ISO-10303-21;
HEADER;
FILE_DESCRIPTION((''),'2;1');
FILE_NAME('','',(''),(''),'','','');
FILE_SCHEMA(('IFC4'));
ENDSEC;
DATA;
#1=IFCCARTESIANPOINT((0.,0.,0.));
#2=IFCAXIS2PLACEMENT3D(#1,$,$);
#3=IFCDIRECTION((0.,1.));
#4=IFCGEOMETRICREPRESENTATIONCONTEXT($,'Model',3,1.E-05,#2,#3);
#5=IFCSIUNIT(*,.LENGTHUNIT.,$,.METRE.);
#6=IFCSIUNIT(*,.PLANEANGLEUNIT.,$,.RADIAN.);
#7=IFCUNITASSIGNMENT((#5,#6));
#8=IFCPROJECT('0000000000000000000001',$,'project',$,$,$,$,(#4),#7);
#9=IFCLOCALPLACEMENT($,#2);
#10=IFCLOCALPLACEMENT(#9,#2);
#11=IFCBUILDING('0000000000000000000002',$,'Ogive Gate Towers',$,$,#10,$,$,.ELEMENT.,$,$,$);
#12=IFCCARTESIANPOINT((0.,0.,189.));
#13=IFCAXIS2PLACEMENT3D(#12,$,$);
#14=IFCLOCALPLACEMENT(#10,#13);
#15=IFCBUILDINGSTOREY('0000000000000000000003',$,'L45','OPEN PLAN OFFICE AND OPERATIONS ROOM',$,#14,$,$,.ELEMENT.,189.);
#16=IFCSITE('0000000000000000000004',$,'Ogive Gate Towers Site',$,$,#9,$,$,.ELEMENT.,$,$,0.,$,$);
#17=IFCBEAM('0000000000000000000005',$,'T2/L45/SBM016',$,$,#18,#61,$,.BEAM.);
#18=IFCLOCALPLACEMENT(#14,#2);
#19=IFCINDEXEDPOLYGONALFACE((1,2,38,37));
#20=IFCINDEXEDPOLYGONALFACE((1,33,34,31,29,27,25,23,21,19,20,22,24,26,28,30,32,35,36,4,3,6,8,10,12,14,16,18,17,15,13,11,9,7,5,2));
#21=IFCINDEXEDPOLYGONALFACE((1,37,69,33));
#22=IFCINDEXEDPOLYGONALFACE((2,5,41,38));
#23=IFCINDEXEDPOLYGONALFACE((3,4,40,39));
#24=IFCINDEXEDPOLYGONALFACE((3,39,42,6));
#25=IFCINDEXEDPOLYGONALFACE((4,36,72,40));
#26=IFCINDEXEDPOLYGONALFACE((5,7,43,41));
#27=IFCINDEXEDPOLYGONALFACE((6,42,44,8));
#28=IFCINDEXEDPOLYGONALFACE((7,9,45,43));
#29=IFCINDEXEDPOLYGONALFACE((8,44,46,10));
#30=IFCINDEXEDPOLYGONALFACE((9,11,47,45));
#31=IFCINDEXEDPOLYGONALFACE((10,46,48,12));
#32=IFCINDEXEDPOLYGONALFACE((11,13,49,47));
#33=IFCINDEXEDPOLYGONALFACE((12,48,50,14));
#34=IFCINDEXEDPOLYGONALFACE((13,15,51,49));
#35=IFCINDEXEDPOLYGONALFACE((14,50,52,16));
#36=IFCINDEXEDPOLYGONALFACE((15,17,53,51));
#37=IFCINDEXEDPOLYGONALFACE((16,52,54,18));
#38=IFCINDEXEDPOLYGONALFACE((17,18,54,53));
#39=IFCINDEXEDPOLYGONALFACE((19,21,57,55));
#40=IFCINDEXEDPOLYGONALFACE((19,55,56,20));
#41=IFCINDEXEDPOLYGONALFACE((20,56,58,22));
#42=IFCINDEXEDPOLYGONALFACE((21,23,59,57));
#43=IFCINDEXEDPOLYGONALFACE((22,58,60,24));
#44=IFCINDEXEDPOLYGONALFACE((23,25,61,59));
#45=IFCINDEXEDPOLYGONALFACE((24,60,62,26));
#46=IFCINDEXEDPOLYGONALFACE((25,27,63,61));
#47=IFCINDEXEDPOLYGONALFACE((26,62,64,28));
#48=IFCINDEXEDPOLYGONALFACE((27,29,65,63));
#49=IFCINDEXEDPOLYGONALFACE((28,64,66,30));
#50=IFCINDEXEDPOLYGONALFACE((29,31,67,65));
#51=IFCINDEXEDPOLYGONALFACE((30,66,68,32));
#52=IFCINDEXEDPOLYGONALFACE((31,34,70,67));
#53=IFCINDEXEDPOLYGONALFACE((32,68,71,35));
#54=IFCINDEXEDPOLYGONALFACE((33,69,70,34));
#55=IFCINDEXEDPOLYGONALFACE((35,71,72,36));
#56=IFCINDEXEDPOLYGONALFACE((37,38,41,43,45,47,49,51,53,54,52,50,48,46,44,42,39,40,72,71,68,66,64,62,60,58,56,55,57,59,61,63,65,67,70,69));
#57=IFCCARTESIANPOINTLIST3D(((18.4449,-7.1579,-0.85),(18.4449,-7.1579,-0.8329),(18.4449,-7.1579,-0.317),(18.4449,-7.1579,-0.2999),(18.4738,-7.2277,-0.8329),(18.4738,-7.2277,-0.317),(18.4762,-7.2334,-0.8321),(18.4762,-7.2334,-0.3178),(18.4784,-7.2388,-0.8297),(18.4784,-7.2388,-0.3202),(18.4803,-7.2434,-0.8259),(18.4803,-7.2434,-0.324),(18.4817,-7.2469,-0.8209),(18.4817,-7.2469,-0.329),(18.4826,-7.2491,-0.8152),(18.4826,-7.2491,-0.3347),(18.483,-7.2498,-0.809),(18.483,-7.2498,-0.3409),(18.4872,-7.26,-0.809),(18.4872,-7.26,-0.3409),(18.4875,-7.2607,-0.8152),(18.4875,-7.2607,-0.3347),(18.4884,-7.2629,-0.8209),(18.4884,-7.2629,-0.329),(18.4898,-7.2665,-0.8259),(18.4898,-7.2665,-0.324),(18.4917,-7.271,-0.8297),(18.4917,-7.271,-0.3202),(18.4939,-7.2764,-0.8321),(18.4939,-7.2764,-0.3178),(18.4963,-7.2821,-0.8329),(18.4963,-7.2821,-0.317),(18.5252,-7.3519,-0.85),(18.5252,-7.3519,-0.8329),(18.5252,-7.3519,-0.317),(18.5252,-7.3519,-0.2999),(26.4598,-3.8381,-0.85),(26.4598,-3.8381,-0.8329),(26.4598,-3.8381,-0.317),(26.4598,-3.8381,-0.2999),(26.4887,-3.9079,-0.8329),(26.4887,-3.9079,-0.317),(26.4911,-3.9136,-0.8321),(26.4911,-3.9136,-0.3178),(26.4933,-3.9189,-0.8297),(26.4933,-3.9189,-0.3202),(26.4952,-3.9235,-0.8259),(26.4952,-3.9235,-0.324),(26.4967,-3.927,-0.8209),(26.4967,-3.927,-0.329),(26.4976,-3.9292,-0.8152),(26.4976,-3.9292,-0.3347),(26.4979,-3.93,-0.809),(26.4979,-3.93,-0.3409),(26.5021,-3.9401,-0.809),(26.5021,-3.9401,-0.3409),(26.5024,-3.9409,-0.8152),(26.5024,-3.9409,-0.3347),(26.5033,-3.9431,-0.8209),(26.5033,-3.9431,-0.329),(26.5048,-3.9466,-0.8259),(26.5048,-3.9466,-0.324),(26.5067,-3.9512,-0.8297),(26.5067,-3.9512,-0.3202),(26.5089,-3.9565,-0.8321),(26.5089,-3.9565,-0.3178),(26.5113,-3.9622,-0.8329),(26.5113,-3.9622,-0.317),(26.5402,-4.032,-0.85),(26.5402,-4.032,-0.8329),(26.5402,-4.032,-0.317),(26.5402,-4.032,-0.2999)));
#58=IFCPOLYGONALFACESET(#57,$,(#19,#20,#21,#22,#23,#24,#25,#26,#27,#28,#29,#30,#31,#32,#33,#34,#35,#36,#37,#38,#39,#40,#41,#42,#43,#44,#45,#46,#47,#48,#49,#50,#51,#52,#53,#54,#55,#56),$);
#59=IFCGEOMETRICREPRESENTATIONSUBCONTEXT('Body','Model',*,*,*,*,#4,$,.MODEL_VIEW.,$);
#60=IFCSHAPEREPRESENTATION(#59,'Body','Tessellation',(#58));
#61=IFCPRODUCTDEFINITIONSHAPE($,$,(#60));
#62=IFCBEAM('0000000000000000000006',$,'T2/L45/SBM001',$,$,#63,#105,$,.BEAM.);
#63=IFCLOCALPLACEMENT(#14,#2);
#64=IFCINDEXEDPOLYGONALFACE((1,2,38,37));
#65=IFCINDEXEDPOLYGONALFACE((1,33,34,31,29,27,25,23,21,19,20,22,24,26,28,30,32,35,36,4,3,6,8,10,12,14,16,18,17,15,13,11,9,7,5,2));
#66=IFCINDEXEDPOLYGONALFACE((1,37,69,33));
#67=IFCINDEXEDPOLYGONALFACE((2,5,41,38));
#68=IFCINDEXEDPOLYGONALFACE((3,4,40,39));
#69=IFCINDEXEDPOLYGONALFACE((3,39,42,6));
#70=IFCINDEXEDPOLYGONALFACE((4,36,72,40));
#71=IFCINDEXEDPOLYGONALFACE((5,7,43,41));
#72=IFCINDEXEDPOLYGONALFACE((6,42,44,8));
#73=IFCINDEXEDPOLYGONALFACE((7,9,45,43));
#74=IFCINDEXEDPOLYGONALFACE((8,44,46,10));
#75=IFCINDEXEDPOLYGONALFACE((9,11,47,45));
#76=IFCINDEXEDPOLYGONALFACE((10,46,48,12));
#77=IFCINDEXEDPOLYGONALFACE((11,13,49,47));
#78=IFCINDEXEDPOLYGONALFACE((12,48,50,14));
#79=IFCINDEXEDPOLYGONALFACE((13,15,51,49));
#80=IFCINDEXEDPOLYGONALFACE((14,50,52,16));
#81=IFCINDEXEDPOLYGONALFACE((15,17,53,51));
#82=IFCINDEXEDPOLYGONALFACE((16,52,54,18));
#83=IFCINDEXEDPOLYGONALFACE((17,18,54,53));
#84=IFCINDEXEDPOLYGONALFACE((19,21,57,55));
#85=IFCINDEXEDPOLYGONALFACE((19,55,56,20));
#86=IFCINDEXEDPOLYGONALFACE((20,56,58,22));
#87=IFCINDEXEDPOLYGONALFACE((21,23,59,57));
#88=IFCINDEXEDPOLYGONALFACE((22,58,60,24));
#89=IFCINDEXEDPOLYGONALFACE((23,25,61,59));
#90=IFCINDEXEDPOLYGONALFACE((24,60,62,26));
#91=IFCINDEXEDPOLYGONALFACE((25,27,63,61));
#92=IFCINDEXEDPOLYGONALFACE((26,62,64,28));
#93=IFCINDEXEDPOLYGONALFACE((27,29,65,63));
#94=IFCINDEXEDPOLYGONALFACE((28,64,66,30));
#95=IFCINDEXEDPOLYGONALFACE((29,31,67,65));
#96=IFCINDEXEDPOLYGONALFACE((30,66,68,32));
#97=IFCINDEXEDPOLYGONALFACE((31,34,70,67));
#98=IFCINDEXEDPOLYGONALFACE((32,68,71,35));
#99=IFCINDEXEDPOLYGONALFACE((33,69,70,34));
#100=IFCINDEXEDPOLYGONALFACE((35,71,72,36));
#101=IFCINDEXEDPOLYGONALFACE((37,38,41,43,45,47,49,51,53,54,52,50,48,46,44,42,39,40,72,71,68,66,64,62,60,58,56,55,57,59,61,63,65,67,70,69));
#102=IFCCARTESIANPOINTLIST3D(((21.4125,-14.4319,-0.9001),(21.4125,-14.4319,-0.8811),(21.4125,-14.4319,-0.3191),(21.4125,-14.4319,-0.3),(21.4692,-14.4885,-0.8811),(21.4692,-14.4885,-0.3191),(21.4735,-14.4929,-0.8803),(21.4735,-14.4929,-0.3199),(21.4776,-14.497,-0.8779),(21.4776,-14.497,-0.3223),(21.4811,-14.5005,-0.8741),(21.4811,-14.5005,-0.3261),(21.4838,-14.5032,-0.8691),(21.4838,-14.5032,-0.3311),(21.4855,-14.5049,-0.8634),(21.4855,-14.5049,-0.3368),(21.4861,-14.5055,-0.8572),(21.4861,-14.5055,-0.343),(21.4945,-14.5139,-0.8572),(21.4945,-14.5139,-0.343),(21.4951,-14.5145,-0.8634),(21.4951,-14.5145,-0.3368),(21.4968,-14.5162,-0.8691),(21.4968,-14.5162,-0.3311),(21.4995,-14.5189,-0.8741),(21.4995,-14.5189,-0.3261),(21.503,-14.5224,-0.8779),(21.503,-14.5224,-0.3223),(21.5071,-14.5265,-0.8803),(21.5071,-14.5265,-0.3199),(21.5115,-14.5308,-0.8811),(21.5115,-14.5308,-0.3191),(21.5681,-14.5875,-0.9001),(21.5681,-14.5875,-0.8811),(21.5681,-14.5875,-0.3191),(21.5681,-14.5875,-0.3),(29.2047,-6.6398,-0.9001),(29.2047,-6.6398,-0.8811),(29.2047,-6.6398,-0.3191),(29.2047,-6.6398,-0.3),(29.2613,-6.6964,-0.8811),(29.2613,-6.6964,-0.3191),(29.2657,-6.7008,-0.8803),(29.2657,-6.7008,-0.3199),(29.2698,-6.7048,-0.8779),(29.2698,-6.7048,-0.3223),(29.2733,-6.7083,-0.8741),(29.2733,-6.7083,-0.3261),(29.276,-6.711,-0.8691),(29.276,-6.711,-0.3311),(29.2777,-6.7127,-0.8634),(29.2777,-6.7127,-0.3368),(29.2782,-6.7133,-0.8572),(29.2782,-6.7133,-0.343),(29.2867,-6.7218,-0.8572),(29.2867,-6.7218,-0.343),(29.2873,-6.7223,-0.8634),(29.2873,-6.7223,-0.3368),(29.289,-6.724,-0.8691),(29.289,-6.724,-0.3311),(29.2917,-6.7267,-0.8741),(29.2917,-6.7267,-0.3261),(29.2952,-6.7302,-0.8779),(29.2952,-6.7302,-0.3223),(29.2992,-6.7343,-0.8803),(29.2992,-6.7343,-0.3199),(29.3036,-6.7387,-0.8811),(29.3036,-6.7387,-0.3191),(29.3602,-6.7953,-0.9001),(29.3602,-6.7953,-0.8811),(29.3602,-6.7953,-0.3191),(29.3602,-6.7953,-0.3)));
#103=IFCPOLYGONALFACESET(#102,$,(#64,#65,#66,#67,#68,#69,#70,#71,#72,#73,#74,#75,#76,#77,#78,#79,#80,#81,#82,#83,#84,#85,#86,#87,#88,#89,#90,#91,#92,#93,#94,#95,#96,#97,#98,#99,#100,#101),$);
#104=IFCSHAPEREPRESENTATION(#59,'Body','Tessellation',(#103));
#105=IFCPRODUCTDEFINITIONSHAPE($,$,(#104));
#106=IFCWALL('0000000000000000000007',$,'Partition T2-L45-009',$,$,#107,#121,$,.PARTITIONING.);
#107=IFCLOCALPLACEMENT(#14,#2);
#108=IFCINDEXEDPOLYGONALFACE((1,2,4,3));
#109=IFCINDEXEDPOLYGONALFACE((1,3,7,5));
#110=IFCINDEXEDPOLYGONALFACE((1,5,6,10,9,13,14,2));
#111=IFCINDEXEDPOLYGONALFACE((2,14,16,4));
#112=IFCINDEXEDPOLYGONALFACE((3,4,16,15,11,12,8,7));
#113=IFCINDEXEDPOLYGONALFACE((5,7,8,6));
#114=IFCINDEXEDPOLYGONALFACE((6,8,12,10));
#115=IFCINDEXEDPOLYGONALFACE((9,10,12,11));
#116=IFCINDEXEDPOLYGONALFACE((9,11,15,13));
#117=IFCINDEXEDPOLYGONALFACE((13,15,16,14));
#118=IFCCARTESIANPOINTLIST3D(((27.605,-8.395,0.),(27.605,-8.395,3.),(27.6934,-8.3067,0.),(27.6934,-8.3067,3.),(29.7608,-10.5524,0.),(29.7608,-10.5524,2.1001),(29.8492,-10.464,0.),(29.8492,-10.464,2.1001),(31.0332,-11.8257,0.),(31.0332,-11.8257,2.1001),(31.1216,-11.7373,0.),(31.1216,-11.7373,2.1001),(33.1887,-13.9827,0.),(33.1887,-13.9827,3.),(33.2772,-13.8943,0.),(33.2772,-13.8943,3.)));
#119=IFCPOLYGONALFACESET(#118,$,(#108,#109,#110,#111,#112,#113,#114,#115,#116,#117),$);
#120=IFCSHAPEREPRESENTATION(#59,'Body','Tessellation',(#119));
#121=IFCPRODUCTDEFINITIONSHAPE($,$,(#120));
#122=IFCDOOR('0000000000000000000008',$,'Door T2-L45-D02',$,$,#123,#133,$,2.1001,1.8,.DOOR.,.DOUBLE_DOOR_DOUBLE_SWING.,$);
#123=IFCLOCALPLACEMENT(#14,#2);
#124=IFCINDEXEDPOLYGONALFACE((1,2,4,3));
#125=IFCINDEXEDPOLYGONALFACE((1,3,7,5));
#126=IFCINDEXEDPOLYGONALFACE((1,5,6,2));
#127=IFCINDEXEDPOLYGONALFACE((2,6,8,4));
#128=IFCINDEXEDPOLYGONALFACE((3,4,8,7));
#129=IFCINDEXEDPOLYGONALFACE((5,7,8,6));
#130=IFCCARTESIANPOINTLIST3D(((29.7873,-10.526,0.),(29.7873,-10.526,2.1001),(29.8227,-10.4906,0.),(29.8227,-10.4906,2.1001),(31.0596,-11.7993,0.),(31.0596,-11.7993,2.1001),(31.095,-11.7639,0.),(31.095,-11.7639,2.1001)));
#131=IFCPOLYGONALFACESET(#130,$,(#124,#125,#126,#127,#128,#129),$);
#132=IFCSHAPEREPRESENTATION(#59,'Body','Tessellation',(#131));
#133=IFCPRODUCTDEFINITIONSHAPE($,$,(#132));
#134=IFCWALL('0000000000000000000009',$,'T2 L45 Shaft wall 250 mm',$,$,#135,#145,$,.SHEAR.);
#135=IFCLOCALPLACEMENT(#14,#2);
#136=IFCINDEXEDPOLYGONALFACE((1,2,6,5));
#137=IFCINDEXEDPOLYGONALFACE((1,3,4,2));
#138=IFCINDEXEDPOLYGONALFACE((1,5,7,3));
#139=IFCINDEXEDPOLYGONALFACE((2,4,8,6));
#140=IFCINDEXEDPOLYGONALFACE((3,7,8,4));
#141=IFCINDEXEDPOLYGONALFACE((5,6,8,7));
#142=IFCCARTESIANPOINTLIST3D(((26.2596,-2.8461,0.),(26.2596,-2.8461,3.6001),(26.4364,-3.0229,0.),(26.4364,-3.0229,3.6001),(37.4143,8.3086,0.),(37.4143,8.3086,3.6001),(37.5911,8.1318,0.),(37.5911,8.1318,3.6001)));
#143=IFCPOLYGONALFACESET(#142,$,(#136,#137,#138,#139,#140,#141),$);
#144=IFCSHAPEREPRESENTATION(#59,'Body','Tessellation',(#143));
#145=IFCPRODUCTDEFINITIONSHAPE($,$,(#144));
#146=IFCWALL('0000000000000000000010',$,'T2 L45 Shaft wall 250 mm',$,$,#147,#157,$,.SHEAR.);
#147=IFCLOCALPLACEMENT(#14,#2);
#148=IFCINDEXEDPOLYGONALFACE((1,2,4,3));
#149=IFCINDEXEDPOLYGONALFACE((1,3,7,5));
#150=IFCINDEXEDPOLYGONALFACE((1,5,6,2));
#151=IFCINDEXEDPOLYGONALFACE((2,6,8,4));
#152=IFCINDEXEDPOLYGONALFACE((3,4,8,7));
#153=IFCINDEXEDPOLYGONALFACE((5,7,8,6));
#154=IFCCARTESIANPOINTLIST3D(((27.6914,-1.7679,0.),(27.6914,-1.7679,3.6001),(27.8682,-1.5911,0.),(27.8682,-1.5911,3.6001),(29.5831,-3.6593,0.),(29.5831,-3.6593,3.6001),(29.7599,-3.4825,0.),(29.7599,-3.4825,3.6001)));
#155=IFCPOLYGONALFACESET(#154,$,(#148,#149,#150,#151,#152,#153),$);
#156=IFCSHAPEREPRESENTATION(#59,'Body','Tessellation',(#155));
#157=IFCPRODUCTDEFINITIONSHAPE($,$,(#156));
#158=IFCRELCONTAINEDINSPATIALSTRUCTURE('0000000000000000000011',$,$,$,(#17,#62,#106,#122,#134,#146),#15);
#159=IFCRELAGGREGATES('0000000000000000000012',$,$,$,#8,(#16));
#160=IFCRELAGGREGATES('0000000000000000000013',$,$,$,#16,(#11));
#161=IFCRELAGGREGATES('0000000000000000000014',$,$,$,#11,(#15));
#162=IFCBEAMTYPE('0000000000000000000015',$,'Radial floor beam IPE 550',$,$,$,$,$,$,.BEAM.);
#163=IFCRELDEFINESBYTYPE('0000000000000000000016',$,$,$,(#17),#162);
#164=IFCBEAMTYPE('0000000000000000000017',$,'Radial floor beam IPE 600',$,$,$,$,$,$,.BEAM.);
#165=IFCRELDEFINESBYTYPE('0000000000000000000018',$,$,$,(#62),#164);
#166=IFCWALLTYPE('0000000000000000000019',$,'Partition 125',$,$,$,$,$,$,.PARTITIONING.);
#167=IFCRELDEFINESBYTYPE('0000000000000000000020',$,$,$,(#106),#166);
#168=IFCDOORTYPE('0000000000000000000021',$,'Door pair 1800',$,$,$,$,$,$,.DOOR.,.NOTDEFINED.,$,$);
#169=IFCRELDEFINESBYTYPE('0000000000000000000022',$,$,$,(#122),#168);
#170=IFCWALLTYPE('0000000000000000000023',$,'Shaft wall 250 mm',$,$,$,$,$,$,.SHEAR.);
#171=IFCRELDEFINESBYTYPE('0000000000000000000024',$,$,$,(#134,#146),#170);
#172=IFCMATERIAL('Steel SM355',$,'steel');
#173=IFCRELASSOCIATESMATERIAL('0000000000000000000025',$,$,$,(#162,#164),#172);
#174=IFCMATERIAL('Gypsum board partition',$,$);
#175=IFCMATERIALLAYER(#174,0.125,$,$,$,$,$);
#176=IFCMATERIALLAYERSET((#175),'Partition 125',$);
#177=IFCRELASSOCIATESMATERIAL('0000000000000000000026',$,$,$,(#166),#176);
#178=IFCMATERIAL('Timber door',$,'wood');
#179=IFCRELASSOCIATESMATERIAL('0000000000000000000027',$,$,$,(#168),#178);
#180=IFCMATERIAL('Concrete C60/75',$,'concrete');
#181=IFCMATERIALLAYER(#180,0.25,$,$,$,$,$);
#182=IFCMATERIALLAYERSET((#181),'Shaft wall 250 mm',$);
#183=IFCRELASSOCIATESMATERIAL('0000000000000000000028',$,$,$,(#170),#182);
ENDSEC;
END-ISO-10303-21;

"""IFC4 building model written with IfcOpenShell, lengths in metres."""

from ifc_helpers import new_model, si_unit, direction, frame, frame_2d, origin, origin_2d, place, context, subcontext, project, spatial, rectangle, i_section, extrude, material, layer, layer_set, material_profile, profile_set, type_object, element, fill, save


model = new_model("IFC4")

# Units and contexts
model_context = context("Model", 3, precision=1e-05, world=origin(), true_north=direction((0.0, 1.0)))
body_context = subcontext(model_context, "Body", "Model", "MODEL_VIEW")
ifc_project = project(units=[si_unit("LENGTHUNIT", "METRE"), si_unit("PLANEANGLEUNIT", "RADIAN")], contexts=[model_context])

# Site, building, storey
site_placement = place(None, origin())
site = spatial("IfcSite", under=ifc_project, at=site_placement, Name="Ogive Gate Towers Site", CompositionType="ELEMENT", RefElevation=0.0)
building_placement = place(site_placement, origin())
building = spatial("IfcBuilding", under=site, at=building_placement, Name="Ogive Gate Towers", CompositionType="ELEMENT")
storey_placement = place(building_placement, frame((0.0, 0.0, 189.0)))
storey = spatial("IfcBuildingStorey", under=building, at=storey_placement, Name="L45", Description="OPEN PLAN OFFICE AND OPERATIONS ROOM", CompositionType="ELEMENT", Elevation=189.0)

# Beams
ifc_material_1 = material(Name="Steel SM355", Category="steel")
ifc_material_profile_1 = material_profile(ifc_material_1, i_section(OverallWidth=0.21, OverallDepth=0.55, WebThickness=0.011, FlangeThickness=0.0171, FilletRadius=0.0239, at=origin_2d()), Name="IPE 550")
ifc_profile_set_1 = profile_set([ifc_material_profile_1], Name="Steel SM355")
beam_type_1 = type_object("IfcBeamType", Name="Radial floor beam IPE 550", PredefinedType="BEAM", material=ifc_profile_set_1)
beam_1_placement = place(storey_placement, frame((26.5, -3.9351, -0.575), z_axis=(-0.923882, -0.382678, 0.0), x_axis=(0.382678, -0.923882, 0.0)))
element("IfcBeam", 1, at=beam_1_placement, inside=storey, type_object=beam_type_1, Name="T2/L45/SBM016", PredefinedType="BEAM", context=body_context, shape_type="SweptSolid", body=[
    extrude(i_section(OverallWidth=0.21, OverallDepth=0.55, WebThickness=0.011, FlangeThickness=0.0171, FilletRadius=0.0239, at=origin_2d()), origin(), (0.0, 0.0, 1.0), 8.6753),
])
ifc_material_profile_2 = material_profile(ifc_material_1, i_section(OverallWidth=0.22, OverallDepth=0.6001, WebThickness=0.012, FlangeThickness=0.019, FilletRadius=0.0239, at=origin_2d()), Name="IPE 600")
ifc_profile_set_2 = profile_set([ifc_material_profile_2], Name="Steel SM355")
beam_type_2 = type_object("IfcBeamType", Name="Radial floor beam IPE 600", PredefinedType="BEAM", material=ifc_profile_set_2)
beam_2_placement = place(storey_placement, frame((29.2825, -6.7175, -0.6001), z_axis=(-0.707107, -0.707107, 0.0), x_axis=(0.707107, -0.707107, 0.0)))
element("IfcBeam", 2, at=beam_2_placement, inside=storey, type_object=beam_type_2, Name="T2/L45/SBM001", PredefinedType="BEAM", context=body_context, shape_type="SweptSolid", body=[
    extrude(i_section(OverallWidth=0.22, OverallDepth=0.6001, WebThickness=0.012, FlangeThickness=0.019, FilletRadius=0.0239, at=origin_2d()), origin(), (0.0, 0.0, 1.0), 11.0198),
])

# Wall, opening, door
ifc_material_2 = material(Name="Gypsum board partition")
ifc_layer_1 = layer(ifc_material_2, 0.125)
ifc_layer_set_1 = layer_set([ifc_layer_1], Name="Partition 125")
wall_type_1 = type_object("IfcWallType", Name="Partition 125", PredefinedType="PARTITIONING", material=ifc_layer_set_1)
wall_1_placement = place(storey_placement, frame((27.6492, -8.3508, 0.0), z_axis=(0.0, 0.0, 1.0), x_axis=(0.706859, -0.707354, 0.0)))
wall_1 = element("IfcWall", 3, at=wall_1_placement, inside=storey, type_object=wall_type_1, Name="Partition T2-L45-009", PredefinedType="PARTITIONING", context=body_context, shape_type="SweptSolid", body=[
    extrude(rectangle(XDim=7.8994, YDim=0.125, at=frame_2d((3.9497, 0.0))), origin(), (0.0, 0.0, 1.0), 3.0),
])
opening_1_placement = place(wall_1_placement, frame((3.05, 0.0, 0.0)))
opening_1 = element("IfcOpeningElement", 4, at=opening_1_placement, cuts=wall_1, PredefinedType="OPENING", context=body_context, shape_type="SweptSolid", body=[
    extrude(rectangle(XDim=1.8, YDim=2.1001, at=frame_2d((0.8999, 1.05))), frame((0.0, 0.0725, 0.0), z_axis=(0.0, -1.0, 0.0), x_axis=(1.0, 0.0, 0.0)), (0.0, 0.0, 1.0), 0.145),
])
ifc_material_3 = material(Name="Timber door", Category="wood")
door_type_1 = type_object("IfcDoorType", Name="Door pair 1800", OperationType="NOTDEFINED", PredefinedType="DOOR", material=ifc_material_3)
door_1_placement = place(opening_1_placement, origin())
door_1 = element("IfcDoor", 5, at=door_1_placement, inside=storey, type_object=door_type_1, Name="Door T2-L45-D02", OperationType="DOUBLE_DOOR_DOUBLE_SWING", OverallHeight=2.1001, OverallWidth=1.8, PredefinedType="DOOR", context=body_context, shape_type="SweptSolid", body=[
    extrude(rectangle(XDim=1.8, YDim=2.1001, at=frame_2d((0.8999, 1.05))), frame((0.0, 0.0249, 0.0), z_axis=(0.0, -1.0, 0.0), x_axis=(1.0, 0.0, 0.0)), (0.0, 0.0, 1.0), 0.05),
])
fill(opening_1, door_1)

# Walls
ifc_material_4 = material(Name="Concrete C60/75", Category="concrete")
ifc_layer_2 = layer(ifc_material_4, 0.25)
ifc_layer_set_2 = layer_set([ifc_layer_2], Name="Shaft wall 250 mm")
wall_type_2 = type_object("IfcWallType", Name="Shaft wall 250 mm", PredefinedType="SHEAR", material=ifc_layer_set_2)
wall_2_placement = place(storey_placement, frame((26.3479, -2.9346, 0.0), z_axis=(0.0, 0.0, 1.0), x_axis=(0.707107, 0.707107, 0.0)))
element("IfcWall", 6, at=wall_2_placement, inside=storey, type_object=wall_type_2, Name="T2 L45 Shaft wall 250 mm", PredefinedType="SHEAR", context=body_context, shape_type="SweptSolid", body=[
    extrude(rectangle(XDim=15.7751, YDim=0.25, at=frame_2d((7.8877, 0.0))), origin(), (0.0, 0.0, 1.0), 3.6001),
])
wall_3_placement = place(storey_placement, frame((29.6714, -3.5708, 0.0), z_axis=(0.0, 0.0, 1.0), x_axis=(-0.707152, 0.707061, 0.0)))
element("IfcWall", 7, at=wall_3_placement, inside=storey, type_object=wall_type_2, Name="T2 L45 Shaft wall 250 mm", PredefinedType="SHEAR", context=body_context, shape_type="SweptSolid", body=[
    extrude(rectangle(XDim=2.675, YDim=0.25, at=frame_2d((1.3374, 0.0))), origin(), (0.0, 0.0, 1.0), 3.6001),
])

save(model, "model.ifc")
